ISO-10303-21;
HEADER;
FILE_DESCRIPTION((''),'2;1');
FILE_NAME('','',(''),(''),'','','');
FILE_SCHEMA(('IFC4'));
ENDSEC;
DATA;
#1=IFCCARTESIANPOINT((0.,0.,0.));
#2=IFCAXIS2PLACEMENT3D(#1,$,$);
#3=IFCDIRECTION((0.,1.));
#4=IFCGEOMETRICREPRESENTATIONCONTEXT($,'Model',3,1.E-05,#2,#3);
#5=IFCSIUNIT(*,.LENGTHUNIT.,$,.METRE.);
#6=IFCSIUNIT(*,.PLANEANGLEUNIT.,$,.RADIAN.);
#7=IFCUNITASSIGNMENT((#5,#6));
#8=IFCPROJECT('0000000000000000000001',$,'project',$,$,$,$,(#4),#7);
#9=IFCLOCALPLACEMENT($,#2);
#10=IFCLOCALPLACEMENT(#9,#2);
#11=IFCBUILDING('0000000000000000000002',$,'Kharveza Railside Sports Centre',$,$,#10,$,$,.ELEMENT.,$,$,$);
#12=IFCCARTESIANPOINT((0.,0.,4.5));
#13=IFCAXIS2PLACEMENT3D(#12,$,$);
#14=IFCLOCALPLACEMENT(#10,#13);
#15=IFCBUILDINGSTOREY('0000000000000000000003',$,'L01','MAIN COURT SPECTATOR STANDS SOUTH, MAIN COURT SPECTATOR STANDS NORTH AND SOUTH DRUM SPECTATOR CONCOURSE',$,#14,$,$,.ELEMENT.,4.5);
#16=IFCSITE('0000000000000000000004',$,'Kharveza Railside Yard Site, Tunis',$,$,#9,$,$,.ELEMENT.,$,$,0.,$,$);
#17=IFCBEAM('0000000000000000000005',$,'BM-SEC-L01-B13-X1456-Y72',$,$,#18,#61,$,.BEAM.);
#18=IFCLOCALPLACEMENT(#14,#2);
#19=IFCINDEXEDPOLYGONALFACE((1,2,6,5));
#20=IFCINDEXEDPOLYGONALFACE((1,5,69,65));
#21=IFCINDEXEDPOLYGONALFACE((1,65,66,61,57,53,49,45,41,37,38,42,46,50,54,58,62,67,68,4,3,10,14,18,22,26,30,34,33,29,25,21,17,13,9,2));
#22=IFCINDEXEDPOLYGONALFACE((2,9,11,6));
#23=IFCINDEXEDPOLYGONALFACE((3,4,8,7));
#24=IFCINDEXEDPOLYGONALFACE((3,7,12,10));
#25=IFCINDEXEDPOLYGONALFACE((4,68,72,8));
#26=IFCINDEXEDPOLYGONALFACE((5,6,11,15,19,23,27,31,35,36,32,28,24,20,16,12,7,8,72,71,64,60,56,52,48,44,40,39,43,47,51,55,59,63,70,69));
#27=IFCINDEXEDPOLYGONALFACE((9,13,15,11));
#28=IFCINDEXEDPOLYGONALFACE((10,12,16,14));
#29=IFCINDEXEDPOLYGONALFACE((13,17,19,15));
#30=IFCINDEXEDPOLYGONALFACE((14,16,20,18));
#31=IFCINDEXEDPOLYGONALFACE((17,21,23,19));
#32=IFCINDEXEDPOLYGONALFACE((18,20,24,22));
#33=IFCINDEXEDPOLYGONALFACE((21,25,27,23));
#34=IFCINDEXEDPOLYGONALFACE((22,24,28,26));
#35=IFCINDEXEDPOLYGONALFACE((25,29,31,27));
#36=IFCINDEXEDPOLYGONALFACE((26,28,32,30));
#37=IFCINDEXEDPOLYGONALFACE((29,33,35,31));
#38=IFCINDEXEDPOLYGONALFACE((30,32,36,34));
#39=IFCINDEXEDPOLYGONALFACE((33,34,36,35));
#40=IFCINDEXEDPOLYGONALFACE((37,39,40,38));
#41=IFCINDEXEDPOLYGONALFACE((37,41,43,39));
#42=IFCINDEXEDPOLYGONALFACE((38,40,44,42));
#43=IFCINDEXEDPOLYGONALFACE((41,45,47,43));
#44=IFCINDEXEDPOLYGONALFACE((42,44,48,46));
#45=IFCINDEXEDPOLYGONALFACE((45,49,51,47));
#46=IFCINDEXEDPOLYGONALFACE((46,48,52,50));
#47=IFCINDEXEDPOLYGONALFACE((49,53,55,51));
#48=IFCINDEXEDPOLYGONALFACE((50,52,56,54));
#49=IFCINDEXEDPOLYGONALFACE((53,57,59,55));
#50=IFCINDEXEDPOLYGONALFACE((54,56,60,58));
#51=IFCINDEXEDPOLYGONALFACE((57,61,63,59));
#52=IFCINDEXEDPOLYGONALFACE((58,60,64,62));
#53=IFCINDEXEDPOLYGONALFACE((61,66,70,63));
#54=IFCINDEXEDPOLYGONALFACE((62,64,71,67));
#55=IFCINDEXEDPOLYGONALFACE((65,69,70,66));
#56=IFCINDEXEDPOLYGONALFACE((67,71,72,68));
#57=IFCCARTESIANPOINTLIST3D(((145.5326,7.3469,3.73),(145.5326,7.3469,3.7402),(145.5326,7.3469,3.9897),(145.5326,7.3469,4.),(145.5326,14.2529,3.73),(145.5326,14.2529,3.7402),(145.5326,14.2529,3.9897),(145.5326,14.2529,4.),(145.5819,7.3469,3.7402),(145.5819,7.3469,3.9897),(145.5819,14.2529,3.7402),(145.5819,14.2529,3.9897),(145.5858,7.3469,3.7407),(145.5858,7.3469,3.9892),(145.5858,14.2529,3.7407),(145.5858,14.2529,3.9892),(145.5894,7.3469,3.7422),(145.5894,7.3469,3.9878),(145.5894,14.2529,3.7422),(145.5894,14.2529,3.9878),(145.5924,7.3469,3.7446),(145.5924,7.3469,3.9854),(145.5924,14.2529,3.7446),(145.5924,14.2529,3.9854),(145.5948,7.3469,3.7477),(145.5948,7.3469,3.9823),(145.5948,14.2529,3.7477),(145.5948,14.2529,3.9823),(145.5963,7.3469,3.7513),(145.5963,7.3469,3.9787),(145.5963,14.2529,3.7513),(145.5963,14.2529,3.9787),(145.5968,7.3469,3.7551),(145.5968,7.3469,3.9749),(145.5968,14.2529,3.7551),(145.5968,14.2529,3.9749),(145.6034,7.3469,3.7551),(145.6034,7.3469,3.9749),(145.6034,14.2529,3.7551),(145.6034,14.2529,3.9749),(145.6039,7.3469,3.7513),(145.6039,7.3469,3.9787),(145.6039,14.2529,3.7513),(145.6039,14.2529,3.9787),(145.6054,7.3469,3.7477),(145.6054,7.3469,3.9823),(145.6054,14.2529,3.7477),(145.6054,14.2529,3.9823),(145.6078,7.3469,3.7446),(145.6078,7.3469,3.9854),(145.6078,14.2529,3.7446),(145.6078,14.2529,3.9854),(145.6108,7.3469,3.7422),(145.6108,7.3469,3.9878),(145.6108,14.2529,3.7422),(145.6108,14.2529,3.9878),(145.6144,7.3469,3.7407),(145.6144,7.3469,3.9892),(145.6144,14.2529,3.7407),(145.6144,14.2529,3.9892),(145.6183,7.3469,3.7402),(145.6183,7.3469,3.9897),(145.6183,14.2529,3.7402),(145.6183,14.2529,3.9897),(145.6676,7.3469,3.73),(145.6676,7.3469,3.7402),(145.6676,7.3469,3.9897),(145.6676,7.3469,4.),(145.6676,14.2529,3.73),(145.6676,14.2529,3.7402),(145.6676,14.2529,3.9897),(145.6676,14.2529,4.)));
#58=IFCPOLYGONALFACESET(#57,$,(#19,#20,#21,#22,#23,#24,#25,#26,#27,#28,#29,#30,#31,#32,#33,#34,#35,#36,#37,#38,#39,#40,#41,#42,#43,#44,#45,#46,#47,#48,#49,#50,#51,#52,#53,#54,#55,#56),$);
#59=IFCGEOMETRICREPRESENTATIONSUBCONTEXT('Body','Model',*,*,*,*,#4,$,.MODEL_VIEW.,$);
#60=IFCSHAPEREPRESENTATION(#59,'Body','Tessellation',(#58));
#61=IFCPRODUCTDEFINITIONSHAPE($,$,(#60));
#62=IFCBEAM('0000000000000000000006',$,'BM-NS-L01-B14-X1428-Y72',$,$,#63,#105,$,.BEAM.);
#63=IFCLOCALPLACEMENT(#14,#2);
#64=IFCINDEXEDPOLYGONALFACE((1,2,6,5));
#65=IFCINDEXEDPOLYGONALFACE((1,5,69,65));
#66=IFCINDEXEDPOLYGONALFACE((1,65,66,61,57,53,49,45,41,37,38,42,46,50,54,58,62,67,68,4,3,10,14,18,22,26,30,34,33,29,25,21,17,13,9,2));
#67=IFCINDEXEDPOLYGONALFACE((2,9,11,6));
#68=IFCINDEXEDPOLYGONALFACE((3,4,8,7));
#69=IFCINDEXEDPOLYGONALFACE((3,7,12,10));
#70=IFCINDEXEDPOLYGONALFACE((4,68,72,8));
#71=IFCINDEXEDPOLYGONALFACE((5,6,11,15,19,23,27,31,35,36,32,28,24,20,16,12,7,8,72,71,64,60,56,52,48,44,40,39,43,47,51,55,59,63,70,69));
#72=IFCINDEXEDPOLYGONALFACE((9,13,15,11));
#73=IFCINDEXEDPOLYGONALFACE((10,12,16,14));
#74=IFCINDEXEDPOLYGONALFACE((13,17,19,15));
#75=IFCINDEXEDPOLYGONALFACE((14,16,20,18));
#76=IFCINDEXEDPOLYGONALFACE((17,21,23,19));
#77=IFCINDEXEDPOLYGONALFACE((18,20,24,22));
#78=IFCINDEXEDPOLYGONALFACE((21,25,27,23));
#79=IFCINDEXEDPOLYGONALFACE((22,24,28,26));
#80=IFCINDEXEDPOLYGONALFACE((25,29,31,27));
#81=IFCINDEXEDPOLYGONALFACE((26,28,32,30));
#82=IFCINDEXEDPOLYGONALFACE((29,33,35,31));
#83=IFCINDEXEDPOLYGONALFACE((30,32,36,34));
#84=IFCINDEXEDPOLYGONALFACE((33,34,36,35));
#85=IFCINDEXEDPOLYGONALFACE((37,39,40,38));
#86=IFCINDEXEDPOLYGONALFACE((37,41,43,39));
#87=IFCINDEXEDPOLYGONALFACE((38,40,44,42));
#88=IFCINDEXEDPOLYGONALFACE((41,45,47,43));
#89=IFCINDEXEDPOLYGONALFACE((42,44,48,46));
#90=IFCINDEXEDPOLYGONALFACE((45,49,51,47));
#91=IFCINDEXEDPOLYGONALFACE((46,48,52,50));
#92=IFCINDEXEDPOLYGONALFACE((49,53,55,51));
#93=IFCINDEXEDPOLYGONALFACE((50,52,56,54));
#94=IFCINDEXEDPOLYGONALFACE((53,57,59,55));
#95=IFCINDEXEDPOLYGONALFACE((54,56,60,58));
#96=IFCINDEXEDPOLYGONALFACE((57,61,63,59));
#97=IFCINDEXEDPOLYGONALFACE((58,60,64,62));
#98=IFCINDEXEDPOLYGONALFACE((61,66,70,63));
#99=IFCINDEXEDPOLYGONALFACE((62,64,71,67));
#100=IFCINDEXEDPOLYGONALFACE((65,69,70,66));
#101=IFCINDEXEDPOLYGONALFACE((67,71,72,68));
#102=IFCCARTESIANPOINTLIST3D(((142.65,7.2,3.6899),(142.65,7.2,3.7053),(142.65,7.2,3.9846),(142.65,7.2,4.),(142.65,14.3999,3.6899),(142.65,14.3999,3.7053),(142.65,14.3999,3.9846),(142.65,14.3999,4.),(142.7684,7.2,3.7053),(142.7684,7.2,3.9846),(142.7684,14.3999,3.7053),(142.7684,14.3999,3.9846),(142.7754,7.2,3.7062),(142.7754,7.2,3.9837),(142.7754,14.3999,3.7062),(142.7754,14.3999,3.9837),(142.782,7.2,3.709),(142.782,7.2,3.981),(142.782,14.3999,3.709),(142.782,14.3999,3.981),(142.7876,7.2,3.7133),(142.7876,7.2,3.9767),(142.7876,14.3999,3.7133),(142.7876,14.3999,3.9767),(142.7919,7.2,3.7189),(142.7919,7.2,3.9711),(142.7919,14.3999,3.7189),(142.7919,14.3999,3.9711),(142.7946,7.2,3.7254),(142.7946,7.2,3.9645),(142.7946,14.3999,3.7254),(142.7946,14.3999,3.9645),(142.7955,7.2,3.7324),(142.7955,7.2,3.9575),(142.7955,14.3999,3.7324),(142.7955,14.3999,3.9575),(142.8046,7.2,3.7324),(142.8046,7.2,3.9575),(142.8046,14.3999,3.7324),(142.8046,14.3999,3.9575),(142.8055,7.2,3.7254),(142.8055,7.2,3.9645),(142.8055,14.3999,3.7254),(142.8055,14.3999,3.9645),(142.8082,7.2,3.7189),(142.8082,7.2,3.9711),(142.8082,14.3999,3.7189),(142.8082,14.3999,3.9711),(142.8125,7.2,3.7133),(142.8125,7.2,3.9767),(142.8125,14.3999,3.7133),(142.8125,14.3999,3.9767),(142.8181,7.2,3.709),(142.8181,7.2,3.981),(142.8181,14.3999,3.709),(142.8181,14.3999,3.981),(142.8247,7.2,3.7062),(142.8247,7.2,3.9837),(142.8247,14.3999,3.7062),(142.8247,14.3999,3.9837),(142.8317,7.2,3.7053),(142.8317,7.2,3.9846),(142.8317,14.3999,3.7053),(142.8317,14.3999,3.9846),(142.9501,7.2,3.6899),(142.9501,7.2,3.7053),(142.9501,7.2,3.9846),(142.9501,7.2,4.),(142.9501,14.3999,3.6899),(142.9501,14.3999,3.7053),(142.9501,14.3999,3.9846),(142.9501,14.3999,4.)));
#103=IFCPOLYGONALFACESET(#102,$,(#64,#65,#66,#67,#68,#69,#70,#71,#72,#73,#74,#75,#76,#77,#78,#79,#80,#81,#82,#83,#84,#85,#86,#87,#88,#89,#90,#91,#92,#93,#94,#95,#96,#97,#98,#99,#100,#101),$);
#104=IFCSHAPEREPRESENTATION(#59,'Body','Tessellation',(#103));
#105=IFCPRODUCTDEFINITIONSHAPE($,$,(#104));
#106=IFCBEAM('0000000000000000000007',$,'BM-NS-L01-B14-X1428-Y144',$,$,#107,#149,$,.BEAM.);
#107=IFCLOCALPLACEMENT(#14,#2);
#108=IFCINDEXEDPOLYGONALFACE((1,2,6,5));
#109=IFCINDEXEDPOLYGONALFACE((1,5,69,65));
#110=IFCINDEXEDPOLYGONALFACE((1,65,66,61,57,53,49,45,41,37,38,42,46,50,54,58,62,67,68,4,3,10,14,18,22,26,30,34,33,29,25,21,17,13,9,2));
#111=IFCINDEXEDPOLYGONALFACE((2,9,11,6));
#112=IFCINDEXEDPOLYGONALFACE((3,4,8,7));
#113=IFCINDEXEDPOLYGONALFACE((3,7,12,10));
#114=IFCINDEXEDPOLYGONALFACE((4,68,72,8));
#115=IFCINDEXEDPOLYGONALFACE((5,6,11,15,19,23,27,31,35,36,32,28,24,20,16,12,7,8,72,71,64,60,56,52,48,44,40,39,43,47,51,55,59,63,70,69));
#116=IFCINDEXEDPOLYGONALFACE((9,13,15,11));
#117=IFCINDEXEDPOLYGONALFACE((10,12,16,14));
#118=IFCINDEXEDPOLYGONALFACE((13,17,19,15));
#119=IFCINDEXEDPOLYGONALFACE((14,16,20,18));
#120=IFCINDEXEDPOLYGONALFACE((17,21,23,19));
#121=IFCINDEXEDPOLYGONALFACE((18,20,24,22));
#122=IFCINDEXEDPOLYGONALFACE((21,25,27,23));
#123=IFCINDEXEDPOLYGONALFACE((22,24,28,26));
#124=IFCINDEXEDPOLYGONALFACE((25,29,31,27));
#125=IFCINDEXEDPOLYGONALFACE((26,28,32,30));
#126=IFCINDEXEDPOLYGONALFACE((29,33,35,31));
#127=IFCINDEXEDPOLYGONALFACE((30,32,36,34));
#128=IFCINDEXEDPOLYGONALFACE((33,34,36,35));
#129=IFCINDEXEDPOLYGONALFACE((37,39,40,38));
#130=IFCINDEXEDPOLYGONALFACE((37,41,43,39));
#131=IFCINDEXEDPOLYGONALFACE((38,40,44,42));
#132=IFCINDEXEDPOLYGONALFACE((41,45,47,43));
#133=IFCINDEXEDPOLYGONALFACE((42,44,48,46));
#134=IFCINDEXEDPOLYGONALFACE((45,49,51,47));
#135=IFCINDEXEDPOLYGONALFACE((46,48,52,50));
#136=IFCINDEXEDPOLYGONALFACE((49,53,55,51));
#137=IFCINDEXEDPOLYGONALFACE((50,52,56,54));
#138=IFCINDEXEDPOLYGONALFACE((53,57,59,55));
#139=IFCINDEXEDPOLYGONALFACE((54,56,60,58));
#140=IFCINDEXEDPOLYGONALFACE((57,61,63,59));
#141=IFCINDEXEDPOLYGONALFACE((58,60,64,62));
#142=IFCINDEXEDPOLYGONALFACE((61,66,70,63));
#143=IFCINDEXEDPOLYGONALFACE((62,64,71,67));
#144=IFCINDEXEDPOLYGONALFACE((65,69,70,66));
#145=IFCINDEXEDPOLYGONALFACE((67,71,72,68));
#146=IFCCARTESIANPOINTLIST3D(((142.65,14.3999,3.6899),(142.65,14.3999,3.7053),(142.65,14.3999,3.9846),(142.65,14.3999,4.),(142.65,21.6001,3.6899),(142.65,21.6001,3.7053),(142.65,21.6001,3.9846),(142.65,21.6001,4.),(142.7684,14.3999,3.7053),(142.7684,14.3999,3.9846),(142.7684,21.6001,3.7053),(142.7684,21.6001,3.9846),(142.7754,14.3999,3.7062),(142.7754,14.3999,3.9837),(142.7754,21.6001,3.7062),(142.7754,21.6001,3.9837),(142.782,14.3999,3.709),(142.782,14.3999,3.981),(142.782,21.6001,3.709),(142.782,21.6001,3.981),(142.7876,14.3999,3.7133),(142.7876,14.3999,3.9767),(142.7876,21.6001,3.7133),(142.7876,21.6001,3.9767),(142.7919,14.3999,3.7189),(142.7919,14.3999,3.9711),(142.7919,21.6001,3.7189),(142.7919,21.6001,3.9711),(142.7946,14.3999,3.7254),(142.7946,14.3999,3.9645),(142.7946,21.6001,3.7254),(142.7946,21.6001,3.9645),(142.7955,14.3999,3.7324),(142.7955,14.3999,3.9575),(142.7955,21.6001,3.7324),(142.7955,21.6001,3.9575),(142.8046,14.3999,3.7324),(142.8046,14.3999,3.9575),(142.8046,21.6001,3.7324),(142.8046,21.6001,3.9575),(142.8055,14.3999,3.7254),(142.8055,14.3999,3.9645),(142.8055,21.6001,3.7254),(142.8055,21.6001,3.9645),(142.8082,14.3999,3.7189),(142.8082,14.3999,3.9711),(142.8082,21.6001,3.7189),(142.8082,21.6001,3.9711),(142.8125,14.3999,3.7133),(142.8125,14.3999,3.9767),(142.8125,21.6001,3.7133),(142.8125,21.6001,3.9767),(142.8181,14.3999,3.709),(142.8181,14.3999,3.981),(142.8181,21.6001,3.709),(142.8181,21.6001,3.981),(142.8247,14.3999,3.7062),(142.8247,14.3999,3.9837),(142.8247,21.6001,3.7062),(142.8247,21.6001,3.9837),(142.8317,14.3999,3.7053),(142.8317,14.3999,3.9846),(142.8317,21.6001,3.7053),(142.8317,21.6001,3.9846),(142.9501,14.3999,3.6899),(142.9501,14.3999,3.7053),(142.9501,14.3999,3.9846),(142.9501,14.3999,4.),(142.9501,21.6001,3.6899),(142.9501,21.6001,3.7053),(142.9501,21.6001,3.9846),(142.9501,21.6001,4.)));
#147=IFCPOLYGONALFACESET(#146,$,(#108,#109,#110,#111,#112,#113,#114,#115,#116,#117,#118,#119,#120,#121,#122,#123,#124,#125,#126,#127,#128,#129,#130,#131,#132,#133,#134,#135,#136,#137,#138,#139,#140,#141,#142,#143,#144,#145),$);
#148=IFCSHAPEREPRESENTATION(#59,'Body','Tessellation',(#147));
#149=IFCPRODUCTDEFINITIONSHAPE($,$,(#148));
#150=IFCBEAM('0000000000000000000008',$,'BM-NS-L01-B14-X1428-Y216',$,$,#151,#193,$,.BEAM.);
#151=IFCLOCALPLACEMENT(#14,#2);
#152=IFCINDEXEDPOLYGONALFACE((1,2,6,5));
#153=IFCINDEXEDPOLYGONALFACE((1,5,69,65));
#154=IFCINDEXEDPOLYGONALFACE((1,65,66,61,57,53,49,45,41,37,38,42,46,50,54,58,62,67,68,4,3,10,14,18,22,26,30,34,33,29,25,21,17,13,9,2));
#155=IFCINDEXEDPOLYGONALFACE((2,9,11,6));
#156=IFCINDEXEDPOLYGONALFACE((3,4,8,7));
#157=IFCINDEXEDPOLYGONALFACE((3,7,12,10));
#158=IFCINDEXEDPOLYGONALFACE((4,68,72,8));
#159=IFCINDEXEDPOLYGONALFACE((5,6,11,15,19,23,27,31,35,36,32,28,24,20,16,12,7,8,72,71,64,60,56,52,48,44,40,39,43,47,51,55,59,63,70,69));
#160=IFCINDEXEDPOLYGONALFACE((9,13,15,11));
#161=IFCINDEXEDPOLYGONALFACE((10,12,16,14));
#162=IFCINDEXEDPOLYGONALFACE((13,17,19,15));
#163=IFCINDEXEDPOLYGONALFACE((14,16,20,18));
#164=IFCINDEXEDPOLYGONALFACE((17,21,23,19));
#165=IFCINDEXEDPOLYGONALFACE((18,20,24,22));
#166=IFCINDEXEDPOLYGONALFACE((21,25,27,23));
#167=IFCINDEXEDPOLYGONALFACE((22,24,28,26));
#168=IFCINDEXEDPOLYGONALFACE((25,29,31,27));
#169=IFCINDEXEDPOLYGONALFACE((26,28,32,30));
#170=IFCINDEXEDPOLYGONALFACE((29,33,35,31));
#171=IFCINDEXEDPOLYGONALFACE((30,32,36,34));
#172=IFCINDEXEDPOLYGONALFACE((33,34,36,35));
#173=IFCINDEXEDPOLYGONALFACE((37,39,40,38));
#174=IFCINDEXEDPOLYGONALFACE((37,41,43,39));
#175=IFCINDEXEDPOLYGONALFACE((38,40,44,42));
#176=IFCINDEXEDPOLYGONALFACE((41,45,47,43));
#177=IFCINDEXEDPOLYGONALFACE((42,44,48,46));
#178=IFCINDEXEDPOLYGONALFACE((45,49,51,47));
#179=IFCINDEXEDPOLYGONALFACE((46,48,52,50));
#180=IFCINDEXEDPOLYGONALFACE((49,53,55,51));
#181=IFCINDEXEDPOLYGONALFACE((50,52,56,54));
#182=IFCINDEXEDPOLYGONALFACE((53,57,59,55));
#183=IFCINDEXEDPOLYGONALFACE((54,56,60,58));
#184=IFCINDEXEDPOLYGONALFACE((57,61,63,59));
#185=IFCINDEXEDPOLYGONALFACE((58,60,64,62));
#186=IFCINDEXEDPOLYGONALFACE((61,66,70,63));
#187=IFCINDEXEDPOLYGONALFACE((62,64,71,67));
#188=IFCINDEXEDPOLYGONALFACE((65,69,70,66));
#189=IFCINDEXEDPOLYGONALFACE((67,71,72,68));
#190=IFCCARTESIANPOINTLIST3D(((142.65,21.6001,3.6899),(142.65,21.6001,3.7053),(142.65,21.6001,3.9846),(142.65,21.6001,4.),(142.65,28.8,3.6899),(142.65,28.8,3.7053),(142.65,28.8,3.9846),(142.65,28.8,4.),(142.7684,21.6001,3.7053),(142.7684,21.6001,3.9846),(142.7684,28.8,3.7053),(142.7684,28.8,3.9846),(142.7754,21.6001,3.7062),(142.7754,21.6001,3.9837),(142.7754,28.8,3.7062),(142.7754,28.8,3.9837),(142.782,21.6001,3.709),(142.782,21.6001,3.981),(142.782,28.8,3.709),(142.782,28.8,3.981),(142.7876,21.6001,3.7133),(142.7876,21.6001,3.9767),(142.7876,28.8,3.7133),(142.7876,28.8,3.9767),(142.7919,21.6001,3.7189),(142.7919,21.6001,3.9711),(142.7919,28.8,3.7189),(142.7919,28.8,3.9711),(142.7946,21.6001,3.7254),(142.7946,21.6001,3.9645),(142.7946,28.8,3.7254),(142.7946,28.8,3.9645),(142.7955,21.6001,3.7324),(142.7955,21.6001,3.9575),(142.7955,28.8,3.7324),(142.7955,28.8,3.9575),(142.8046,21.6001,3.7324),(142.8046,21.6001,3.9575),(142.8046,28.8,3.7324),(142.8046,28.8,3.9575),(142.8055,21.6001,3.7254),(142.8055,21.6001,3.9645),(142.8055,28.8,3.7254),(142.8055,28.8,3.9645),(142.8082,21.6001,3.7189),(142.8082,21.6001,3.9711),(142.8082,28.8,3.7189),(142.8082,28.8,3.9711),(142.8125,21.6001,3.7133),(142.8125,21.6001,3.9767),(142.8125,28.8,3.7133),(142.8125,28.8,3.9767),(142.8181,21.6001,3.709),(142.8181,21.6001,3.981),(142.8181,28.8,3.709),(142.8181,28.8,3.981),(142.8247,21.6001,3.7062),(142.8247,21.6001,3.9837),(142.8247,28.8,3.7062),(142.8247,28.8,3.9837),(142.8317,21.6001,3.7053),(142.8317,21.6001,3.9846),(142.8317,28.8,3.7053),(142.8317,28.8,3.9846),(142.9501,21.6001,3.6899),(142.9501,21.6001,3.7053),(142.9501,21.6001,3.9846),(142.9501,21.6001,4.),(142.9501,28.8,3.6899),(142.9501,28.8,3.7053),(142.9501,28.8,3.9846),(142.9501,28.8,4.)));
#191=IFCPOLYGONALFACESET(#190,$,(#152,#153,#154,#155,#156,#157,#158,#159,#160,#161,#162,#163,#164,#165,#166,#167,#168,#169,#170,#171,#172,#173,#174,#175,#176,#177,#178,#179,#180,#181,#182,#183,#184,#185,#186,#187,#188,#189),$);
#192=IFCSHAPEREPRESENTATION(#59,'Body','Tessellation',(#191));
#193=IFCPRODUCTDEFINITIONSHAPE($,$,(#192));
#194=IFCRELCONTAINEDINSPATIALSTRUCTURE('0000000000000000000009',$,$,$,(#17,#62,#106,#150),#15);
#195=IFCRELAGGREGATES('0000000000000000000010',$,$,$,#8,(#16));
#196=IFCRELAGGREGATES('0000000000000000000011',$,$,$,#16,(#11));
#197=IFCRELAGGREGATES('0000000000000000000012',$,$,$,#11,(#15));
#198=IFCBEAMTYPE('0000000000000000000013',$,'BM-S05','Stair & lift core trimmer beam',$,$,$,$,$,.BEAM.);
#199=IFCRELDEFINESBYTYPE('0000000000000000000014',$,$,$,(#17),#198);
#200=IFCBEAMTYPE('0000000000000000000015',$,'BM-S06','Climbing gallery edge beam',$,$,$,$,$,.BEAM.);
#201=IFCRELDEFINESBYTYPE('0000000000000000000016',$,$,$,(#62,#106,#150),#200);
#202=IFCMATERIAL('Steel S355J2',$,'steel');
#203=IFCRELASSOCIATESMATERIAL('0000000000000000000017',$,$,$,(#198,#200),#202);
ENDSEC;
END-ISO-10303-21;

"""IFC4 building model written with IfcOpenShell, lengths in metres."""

from ifc_helpers import new_model, si_unit, direction, frame, origin, origin_2d, place, context, subcontext, project, spatial, i_section, extrude, material, material_profile, profile_set, type_object, element, save


model = new_model("IFC4")

# Units and contexts
model_context = context("Model", 3, precision=1e-05, world=origin(), true_north=direction((0.0, 1.0)))
body_context = subcontext(model_context, "Body", "Model", "MODEL_VIEW")
ifc_project = project(units=[si_unit("LENGTHUNIT", "METRE"), si_unit("PLANEANGLEUNIT", "RADIAN")], contexts=[model_context])

# Site, building, storey
site_placement = place(None, origin())
site = spatial("IfcSite", under=ifc_project, at=site_placement, Name="Kharveza Railside Yard Site, Tunis", CompositionType="ELEMENT", RefElevation=0.0)
building_placement = place(site_placement, origin())
building = spatial("IfcBuilding", under=site, at=building_placement, Name="Kharveza Railside Sports Centre", CompositionType="ELEMENT")
storey_placement = place(building_placement, frame((0.0, 0.0, 4.5)))
storey = spatial("IfcBuildingStorey", under=building, at=storey_placement, Name="L01", Description="MAIN COURT SPECTATOR STANDS SOUTH, MAIN COURT SPECTATOR STANDS NORTH AND SOUTH DRUM SPECTATOR CONCOURSE", CompositionType="ELEMENT", Elevation=4.5)

# Shared definitions
ifc_material_1 = material(Name="Steel S355J2", Category="steel")

# Beams
ifc_material_profile_1 = material_profile(ifc_material_1, i_section(OverallWidth=0.135, OverallDepth=0.27, WebThickness=0.0066, FlangeThickness=0.0103, FilletRadius=0.0149, at=origin_2d()), Name="IPE 270")
ifc_profile_set_1 = profile_set([ifc_material_profile_1], Name="Steel S355J2")
beam_type_1 = type_object("IfcBeamType", Name="BM-S05", Description="Stair & lift core trimmer beam", PredefinedType="BEAM", material=ifc_profile_set_1)
beam_1_placement = place(storey_placement, frame((145.6001, 7.3469, 3.865), z_axis=(0.0, 1.0, 0.0), x_axis=(-1.0, 0.0, 0.0)))
element("IfcBeam", 1, at=beam_1_placement, inside=storey, type_object=beam_type_1, Name="BM-SEC-L01-B13-X1456-Y72", PredefinedType="BEAM", context=body_context, shape_type="SweptSolid", body=[
    extrude(i_section(OverallWidth=0.135, OverallDepth=0.27, WebThickness=0.0066, FlangeThickness=0.0103, FilletRadius=0.0149, at=origin_2d()), origin(), (0.0, 0.0, 1.0), 6.906),
])
ifc_material_profile_2 = material_profile(ifc_material_1, i_section(OverallWidth=0.3, OverallDepth=0.3101, WebThickness=0.009, FlangeThickness=0.0154, FilletRadius=0.0271, at=origin_2d()), Name="HEA 320")
ifc_profile_set_2 = profile_set([ifc_material_profile_2], Name="Steel S355J2")
beam_type_2 = type_object("IfcBeamType", Name="BM-S06", Description="Climbing gallery edge beam", PredefinedType="BEAM", material=ifc_profile_set_2)
beam_2_placement = place(storey_placement, frame((142.8, 7.2, 3.845), z_axis=(0.0, 1.0, 0.0), x_axis=(-1.0, 0.0, 0.0)))
element("IfcBeam", 2, at=beam_2_placement, inside=storey, type_object=beam_type_2, Name="BM-NS-L01-B14-X1428-Y72", PredefinedType="BEAM", context=body_context, shape_type="SweptSolid", body=[
    extrude(i_section(OverallWidth=0.3, OverallDepth=0.3101, WebThickness=0.009, FlangeThickness=0.0154, FilletRadius=0.0271, at=origin_2d()), origin(), (0.0, 0.0, 1.0), 7.2),
])
beam_3_placement = place(storey_placement, frame((142.8, 14.3999, 3.845), z_axis=(0.0, 1.0, 0.0), x_axis=(-1.0, 0.0, 0.0)))
element("IfcBeam", 3, at=beam_3_placement, inside=storey, type_object=beam_type_2, Name="BM-NS-L01-B14-X1428-Y144", PredefinedType="BEAM", context=body_context, shape_type="SweptSolid", body=[
    extrude(i_section(OverallWidth=0.3, OverallDepth=0.3101, WebThickness=0.009, FlangeThickness=0.0154, FilletRadius=0.0271, at=origin_2d()), origin(), (0.0, 0.0, 1.0), 7.2002),
])
beam_4_placement = place(storey_placement, frame((142.8, 21.6001, 3.845), z_axis=(0.0, 1.0, 0.0), x_axis=(-1.0, 0.0, 0.0)))
element("IfcBeam", 4, at=beam_4_placement, inside=storey, type_object=beam_type_2, Name="BM-NS-L01-B14-X1428-Y216", PredefinedType="BEAM", context=body_context, shape_type="SweptSolid", body=[
    extrude(i_section(OverallWidth=0.3, OverallDepth=0.3101, WebThickness=0.009, FlangeThickness=0.0154, FilletRadius=0.0271, at=origin_2d()), origin(), (0.0, 0.0, 1.0), 7.2),
])

save(model, "model.ifc")
